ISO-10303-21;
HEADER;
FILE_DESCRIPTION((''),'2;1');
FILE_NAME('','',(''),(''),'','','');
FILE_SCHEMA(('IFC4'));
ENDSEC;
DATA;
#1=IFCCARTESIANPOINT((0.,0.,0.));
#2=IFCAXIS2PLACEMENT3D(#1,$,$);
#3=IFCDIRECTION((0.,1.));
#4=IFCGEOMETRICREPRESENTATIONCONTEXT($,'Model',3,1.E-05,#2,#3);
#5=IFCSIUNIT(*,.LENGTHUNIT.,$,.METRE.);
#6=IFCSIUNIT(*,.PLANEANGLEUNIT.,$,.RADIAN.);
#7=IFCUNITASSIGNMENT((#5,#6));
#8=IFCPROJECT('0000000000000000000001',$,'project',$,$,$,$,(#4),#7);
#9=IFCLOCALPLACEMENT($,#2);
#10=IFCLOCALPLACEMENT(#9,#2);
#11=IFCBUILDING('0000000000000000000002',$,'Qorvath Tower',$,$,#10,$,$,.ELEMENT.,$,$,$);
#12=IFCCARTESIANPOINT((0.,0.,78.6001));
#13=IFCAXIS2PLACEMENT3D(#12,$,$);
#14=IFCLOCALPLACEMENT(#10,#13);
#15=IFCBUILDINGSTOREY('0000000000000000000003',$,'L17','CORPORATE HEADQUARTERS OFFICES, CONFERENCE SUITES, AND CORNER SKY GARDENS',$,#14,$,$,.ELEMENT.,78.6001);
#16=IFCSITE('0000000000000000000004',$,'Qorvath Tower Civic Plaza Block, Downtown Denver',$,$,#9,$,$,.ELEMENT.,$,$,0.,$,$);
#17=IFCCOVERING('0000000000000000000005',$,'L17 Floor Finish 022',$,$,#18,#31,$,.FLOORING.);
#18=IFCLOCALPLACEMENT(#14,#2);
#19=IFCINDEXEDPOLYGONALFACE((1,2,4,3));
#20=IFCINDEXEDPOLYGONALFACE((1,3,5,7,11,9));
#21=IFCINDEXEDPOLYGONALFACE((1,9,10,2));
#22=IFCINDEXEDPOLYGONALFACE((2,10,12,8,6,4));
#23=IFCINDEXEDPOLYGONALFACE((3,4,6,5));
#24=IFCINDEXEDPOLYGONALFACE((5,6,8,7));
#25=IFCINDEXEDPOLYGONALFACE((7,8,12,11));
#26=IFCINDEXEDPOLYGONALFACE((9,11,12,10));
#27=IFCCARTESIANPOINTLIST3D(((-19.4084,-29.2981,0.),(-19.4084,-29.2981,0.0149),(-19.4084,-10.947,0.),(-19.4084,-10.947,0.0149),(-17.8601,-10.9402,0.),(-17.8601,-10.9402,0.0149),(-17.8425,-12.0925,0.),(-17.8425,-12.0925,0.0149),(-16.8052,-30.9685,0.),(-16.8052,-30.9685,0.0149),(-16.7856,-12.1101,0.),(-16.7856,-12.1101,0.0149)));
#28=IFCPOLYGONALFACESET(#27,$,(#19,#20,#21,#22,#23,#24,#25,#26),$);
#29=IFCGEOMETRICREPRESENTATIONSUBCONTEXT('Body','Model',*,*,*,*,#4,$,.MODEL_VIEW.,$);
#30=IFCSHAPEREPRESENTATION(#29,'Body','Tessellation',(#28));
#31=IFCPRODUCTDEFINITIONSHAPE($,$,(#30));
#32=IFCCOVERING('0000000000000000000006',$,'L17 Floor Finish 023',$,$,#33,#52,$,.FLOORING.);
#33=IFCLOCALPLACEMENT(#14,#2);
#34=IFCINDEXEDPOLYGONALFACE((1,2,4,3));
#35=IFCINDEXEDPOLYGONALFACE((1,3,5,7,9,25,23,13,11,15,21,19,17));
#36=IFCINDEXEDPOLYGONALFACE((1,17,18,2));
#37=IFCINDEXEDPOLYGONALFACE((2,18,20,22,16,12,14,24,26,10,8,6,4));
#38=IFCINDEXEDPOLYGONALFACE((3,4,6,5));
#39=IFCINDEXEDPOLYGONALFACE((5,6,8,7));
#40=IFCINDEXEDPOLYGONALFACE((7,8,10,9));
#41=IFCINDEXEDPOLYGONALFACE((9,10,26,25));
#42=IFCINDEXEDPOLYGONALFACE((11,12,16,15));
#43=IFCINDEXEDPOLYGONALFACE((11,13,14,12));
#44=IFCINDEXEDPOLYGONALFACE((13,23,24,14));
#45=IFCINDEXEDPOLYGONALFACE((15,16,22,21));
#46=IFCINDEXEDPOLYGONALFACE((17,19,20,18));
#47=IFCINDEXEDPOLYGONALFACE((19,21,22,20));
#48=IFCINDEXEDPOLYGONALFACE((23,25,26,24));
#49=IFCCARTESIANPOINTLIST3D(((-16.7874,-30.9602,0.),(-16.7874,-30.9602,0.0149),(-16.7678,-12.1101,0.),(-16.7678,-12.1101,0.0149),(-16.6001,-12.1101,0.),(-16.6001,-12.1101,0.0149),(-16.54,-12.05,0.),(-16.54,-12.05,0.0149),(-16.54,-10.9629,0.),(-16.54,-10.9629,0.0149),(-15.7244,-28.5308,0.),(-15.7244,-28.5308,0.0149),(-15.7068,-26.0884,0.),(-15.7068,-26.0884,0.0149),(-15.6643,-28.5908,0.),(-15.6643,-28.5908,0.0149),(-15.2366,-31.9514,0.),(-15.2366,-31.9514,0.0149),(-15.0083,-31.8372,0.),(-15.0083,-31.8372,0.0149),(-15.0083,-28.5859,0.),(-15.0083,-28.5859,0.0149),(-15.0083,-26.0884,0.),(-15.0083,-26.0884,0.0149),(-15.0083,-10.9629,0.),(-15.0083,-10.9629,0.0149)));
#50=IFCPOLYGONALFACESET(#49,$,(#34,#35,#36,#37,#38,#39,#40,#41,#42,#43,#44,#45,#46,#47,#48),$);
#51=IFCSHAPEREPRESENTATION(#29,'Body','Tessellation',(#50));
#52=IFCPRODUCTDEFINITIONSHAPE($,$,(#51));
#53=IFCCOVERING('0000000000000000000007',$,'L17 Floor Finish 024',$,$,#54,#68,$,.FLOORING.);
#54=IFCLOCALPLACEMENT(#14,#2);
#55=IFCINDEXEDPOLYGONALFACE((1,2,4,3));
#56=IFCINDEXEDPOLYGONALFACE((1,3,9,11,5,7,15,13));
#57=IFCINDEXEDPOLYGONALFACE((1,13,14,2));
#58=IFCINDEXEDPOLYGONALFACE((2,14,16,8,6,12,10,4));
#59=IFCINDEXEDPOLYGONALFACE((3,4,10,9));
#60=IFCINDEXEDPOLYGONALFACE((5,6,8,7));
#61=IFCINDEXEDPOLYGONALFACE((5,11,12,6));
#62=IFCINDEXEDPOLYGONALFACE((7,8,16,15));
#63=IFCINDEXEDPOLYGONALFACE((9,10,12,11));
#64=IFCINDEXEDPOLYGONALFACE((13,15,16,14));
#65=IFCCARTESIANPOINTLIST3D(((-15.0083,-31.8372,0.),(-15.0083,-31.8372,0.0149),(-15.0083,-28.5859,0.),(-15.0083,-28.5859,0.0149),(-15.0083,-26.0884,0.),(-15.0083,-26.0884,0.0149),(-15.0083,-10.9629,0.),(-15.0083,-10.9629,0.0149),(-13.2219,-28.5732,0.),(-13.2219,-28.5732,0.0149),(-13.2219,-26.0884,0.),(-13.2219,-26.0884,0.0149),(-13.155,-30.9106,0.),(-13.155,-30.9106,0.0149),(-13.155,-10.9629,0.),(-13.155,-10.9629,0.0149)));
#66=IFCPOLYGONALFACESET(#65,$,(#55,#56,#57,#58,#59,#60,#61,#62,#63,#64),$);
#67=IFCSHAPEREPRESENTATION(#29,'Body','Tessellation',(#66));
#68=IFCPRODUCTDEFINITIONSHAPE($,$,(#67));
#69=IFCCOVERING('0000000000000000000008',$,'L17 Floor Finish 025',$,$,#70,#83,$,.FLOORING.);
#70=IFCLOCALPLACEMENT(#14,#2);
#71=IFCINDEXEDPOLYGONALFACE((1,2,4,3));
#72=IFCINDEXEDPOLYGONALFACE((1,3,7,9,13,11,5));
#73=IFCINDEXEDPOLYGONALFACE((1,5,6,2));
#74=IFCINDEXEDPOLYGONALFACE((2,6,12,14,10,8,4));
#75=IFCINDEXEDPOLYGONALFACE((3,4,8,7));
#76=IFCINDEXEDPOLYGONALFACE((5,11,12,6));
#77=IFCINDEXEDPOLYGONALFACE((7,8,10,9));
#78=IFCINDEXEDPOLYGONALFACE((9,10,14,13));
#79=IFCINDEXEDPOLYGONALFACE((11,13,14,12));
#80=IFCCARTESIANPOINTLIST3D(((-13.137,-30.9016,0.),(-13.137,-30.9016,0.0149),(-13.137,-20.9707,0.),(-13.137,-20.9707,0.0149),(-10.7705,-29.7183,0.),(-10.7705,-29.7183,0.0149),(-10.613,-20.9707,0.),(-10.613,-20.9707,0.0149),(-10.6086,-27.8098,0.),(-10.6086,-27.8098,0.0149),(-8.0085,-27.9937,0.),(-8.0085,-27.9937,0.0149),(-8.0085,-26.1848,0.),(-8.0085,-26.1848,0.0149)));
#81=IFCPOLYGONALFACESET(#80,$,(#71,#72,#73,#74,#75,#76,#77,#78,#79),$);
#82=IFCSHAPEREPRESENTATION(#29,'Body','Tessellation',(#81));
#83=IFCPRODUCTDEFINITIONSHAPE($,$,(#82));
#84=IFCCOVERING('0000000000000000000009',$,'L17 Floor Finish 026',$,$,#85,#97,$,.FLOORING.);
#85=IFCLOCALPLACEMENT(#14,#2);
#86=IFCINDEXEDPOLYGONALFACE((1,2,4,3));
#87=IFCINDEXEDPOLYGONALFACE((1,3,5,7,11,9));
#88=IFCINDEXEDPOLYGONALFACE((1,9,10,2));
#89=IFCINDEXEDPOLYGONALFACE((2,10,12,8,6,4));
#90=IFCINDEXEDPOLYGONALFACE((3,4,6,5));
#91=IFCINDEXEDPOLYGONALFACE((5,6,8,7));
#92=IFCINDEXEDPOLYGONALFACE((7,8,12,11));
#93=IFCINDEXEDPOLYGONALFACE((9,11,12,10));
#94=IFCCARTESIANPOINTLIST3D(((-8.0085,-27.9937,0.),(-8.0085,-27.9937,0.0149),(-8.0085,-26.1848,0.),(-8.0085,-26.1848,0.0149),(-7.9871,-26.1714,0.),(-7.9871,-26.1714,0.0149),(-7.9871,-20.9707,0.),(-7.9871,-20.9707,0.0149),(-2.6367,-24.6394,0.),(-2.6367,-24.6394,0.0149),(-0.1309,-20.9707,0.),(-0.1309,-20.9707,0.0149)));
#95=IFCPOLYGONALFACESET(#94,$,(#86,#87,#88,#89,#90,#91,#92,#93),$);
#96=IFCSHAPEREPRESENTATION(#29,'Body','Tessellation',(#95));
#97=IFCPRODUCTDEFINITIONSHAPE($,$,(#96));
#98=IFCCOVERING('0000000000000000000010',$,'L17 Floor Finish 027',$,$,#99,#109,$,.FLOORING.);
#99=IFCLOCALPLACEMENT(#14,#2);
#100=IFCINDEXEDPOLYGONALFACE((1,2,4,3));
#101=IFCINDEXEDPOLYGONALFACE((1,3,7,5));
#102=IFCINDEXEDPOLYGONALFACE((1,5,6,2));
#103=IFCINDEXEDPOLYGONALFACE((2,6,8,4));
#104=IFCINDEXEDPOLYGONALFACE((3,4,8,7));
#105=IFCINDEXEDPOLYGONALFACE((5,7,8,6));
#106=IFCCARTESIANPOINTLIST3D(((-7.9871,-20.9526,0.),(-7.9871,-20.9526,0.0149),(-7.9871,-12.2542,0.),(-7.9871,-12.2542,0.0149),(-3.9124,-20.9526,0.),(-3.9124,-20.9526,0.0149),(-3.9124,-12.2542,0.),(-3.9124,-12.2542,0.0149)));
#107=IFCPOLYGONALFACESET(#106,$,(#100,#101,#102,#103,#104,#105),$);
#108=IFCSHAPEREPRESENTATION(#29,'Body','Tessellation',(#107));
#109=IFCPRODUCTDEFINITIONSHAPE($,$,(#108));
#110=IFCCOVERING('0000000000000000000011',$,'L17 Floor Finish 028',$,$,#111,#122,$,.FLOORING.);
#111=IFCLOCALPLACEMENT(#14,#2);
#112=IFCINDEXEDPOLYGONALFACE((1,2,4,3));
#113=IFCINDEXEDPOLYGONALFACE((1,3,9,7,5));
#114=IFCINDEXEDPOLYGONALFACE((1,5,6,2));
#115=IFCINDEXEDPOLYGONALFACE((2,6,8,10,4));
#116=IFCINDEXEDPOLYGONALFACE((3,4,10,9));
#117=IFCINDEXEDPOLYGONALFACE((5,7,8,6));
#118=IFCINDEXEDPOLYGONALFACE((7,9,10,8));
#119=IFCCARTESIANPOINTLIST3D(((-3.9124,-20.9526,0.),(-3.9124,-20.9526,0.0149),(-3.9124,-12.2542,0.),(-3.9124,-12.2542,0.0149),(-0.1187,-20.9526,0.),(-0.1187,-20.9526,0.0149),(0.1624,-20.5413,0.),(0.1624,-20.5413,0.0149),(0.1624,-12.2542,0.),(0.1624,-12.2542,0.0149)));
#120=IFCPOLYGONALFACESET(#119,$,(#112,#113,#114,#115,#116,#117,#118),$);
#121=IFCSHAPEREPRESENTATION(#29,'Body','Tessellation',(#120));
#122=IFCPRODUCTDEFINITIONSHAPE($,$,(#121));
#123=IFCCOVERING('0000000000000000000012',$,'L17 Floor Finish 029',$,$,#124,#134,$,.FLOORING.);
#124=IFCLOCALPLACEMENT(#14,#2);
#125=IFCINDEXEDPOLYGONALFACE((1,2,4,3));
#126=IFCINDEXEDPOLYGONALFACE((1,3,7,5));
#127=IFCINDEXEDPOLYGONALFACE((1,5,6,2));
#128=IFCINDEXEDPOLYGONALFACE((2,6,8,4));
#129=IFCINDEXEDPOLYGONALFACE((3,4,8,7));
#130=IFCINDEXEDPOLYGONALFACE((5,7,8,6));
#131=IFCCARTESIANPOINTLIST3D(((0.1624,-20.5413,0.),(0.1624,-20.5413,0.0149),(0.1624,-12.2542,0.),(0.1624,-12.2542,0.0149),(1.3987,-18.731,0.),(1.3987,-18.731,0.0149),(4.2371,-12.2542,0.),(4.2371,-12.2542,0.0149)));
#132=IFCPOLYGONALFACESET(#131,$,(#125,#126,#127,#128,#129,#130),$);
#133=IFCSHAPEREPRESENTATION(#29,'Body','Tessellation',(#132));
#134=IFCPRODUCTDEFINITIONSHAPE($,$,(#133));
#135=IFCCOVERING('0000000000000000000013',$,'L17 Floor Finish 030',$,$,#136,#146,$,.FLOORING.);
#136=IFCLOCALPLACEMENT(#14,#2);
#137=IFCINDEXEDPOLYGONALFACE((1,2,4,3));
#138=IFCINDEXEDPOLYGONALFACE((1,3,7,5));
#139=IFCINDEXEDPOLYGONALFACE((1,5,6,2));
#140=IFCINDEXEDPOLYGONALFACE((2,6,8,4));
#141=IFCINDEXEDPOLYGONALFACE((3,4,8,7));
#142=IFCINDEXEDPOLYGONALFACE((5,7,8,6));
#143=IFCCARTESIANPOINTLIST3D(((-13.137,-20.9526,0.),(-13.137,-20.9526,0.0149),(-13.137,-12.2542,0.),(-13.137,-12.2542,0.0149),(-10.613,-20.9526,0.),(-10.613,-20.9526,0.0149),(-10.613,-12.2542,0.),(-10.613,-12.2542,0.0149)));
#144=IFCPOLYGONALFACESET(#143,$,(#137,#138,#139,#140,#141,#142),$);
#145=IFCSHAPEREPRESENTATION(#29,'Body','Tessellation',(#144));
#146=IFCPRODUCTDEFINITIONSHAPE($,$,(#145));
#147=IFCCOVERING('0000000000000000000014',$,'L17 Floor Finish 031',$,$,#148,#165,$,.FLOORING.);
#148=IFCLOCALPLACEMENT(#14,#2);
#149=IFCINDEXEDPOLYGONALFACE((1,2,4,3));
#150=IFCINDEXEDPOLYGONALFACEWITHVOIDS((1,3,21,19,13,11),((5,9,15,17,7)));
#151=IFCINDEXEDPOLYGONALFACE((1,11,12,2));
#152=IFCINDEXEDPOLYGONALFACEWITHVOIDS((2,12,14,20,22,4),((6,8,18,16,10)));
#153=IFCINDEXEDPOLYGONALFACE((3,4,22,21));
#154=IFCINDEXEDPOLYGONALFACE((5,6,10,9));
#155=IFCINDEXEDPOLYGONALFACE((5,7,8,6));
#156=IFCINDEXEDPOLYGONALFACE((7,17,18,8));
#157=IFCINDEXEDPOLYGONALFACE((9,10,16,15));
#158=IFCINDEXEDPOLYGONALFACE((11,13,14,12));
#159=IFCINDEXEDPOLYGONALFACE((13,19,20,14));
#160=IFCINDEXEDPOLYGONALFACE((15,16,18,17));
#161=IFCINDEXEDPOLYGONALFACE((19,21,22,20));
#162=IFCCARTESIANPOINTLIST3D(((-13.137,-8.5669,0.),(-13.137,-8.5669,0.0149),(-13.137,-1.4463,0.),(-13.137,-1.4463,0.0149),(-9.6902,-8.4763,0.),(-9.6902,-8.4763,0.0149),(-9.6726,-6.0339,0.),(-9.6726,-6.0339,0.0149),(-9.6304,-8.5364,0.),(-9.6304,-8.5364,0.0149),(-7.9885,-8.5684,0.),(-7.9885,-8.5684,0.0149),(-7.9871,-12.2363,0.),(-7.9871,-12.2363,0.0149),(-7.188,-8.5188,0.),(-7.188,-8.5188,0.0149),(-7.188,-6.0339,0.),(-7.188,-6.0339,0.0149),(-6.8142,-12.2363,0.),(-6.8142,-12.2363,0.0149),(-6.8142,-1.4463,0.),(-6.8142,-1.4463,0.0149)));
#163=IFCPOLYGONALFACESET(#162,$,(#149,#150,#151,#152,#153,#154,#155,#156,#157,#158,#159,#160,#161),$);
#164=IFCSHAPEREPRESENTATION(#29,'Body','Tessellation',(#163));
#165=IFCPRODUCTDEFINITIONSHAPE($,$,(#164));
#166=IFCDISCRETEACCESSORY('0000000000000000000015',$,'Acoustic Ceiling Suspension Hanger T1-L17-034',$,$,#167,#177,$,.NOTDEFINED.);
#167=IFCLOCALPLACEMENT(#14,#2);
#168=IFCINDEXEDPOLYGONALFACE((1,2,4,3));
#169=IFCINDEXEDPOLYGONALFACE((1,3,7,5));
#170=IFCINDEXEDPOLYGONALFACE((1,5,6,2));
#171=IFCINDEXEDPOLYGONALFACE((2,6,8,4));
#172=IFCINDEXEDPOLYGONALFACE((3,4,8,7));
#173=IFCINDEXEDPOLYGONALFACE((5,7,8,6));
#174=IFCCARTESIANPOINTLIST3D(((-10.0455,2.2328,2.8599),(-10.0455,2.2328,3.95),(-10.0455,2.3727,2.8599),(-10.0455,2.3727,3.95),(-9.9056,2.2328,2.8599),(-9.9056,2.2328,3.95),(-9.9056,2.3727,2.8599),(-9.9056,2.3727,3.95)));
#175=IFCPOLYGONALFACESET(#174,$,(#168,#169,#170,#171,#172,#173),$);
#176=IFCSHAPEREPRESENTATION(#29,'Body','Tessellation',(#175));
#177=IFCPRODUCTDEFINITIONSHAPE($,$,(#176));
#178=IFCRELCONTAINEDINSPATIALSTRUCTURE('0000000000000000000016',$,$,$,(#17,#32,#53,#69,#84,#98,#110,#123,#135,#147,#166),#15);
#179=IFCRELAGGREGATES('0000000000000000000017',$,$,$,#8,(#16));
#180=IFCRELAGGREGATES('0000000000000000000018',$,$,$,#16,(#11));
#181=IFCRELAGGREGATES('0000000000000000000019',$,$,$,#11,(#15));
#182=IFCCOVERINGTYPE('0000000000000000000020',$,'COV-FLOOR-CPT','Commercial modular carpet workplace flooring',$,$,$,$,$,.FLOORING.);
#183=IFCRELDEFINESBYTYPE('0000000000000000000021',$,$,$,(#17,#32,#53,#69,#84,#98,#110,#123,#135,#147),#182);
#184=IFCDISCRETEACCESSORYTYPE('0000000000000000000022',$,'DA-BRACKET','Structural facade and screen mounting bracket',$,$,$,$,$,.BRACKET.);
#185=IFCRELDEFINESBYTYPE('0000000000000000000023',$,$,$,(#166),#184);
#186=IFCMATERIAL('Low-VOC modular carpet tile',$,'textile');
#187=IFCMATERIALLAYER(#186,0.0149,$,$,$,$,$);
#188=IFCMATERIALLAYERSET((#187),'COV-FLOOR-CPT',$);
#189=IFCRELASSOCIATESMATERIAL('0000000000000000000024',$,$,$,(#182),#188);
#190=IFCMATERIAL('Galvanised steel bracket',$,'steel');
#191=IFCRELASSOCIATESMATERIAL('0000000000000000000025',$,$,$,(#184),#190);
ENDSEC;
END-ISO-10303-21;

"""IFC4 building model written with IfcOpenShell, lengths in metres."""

from ifc_helpers import new_model, si_unit, direction, frame, origin, origin_2d, place, context, subcontext, project, spatial, polyline, rectangle, outline, extrude, material, layer, layer_set, type_object, element, save


model = new_model("IFC4")

# Units and contexts
model_context = context("Model", 3, precision=1e-05, world=origin(), true_north=direction((0.0, 1.0)))
body_context = subcontext(model_context, "Body", "Model", "MODEL_VIEW")
ifc_project = project(units=[si_unit("LENGTHUNIT", "METRE"), si_unit("PLANEANGLEUNIT", "RADIAN")], contexts=[model_context])

# Site, building, storey
site_placement = place(None, origin())
site = spatial("IfcSite", under=ifc_project, at=site_placement, Name="Qorvath Tower Civic Plaza Block, Downtown Denver", CompositionType="ELEMENT", RefElevation=0.0)
building_placement = place(site_placement, origin())
building = spatial("IfcBuilding", under=site, at=building_placement, Name="Qorvath Tower", CompositionType="ELEMENT")
storey_placement = place(building_placement, frame((0.0, 0.0, 78.6001)))
storey = spatial("IfcBuildingStorey", under=building, at=storey_placement, Name="L17", Description="CORPORATE HEADQUARTERS OFFICES, CONFERENCE SUITES, AND CORNER SKY GARDENS", CompositionType="ELEMENT", Elevation=78.6001)

# Coverings
ifc_material_1 = material(Name="Low-VOC modular carpet tile", Category="textile")
ifc_layer_1 = layer(ifc_material_1, 0.0149)
ifc_layer_set_1 = layer_set([ifc_layer_1], Name="COV-FLOOR-CPT")
covering_type_1 = type_object("IfcCoveringType", Name="COV-FLOOR-CPT", Description="Commercial modular carpet workplace flooring", PredefinedType="FLOORING", material=ifc_layer_set_1)
covering_1_placement = place(storey_placement, origin())
element("IfcCovering", 1, at=covering_1_placement, inside=storey, type_object=covering_type_1, Name="L17 Floor Finish 022", PredefinedType="FLOORING", context=body_context, shape_type="SweptSolid", body=[
    extrude(outline(polyline([(-19.4084, -10.947), (-19.4084, -29.2981), (-16.8052, -30.9685), (-16.7856, -12.1101), (-17.8425, -12.0925), (-17.8601, -10.9402), (-19.4084, -10.947)])), origin(), (0.0, 0.0, 1.0), 0.0149),
])
covering_2_placement = place(storey_placement, origin())
element("IfcCovering", 2, at=covering_2_placement, inside=storey, type_object=covering_type_1, Name="L17 Floor Finish 023", PredefinedType="FLOORING", context=body_context, shape_type="SweptSolid", body=[
    extrude(outline(polyline([(-15.0083, -31.8372), (-15.0083, -28.5859), (-15.6643, -28.5908), (-15.7244, -28.5308), (-15.7068, -26.0884), (-15.0083, -26.0884), (-15.0083, -10.9629), (-16.54, -10.9629), (-16.54, -12.05), (-16.6001, -12.1101), (-16.7678, -12.1101), (-16.7874, -30.9602), (-15.2366, -31.9514), (-15.0083, -31.8372)])), origin(), (0.0, 0.0, 1.0), 0.0149),
])
covering_3_placement = place(storey_placement, origin())
element("IfcCovering", 3, at=covering_3_placement, inside=storey, type_object=covering_type_1, Name="L17 Floor Finish 024", PredefinedType="FLOORING", context=body_context, shape_type="SweptSolid", body=[
    extrude(outline(polyline([(-13.155, -30.9106), (-13.155, -10.9629), (-15.0083, -10.9629), (-15.0083, -26.0884), (-13.2219, -26.0884), (-13.2219, -28.5732), (-15.0083, -28.5859), (-15.0083, -31.8372), (-13.155, -30.9106)])), origin(), (0.0, 0.0, 1.0), 0.0149),
])
covering_4_placement = place(storey_placement, origin())
element("IfcCovering", 4, at=covering_4_placement, inside=storey, type_object=covering_type_1, Name="L17 Floor Finish 025", PredefinedType="FLOORING", context=body_context, shape_type="SweptSolid", body=[
    extrude(outline(polyline([(-13.137, -20.9707), (-13.137, -30.9016), (-10.7705, -29.7183), (-8.0085, -27.9937), (-8.0085, -26.1848), (-10.6086, -27.8098), (-10.613, -20.9707), (-13.137, -20.9707)])), origin(), (0.0, 0.0, 1.0), 0.0149),
])
covering_5_placement = place(storey_placement, origin())
element("IfcCovering", 5, at=covering_5_placement, inside=storey, type_object=covering_type_1, Name="L17 Floor Finish 026", PredefinedType="FLOORING", context=body_context, shape_type="SweptSolid", body=[
    extrude(outline(polyline([(-8.0085, -26.1848), (-8.0085, -27.9937), (-2.6367, -24.6394), (-0.1309, -20.9707), (-7.9871, -20.9707), (-7.9871, -26.1714), (-8.0085, -26.1848)])), origin(), (0.0, 0.0, 1.0), 0.0149),
])
covering_6_placement = place(storey_placement, origin())
element("IfcCovering", 6, at=covering_6_placement, inside=storey, type_object=covering_type_1, Name="L17 Floor Finish 027", PredefinedType="FLOORING", context=body_context, shape_type="SweptSolid", body=[
    extrude(outline(polyline([(-7.9871, -12.2542), (-7.9871, -20.9526), (-3.9124, -20.9526), (-3.9124, -12.2542), (-7.9871, -12.2542)])), origin(), (0.0, 0.0, 1.0), 0.0149),
])
covering_7_placement = place(storey_placement, origin())
element("IfcCovering", 7, at=covering_7_placement, inside=storey, type_object=covering_type_1, Name="L17 Floor Finish 028", PredefinedType="FLOORING", context=body_context, shape_type="SweptSolid", body=[
    extrude(outline(polyline([(-3.9124, -12.2542), (-3.9124, -20.9526), (-0.1187, -20.9526), (0.1624, -20.5413), (0.1624, -12.2542), (-3.9124, -12.2542)])), origin(), (0.0, 0.0, 1.0), 0.0149),
])
covering_8_placement = place(storey_placement, origin())
element("IfcCovering", 8, at=covering_8_placement, inside=storey, type_object=covering_type_1, Name="L17 Floor Finish 029", PredefinedType="FLOORING", context=body_context, shape_type="SweptSolid", body=[
    extrude(outline(polyline([(0.1624, -12.2542), (0.1624, -20.5413), (1.3987, -18.731), (4.2371, -12.2542), (0.1624, -12.2542)])), origin(), (0.0, 0.0, 1.0), 0.0149),
])
covering_9_placement = place(storey_placement, origin())
element("IfcCovering", 9, at=covering_9_placement, inside=storey, type_object=covering_type_1, Name="L17 Floor Finish 030", PredefinedType="FLOORING", context=body_context, shape_type="SweptSolid", body=[
    extrude(outline(polyline([(-10.613, -20.9526), (-10.613, -12.2542), (-13.137, -12.2542), (-13.137, -20.9526), (-10.613, -20.9526)])), origin(), (0.0, 0.0, 1.0), 0.0149),
])
covering_10_placement = place(storey_placement, origin())
element("IfcCovering", 10, at=covering_10_placement, inside=storey, type_object=covering_type_1, Name="L17 Floor Finish 031", PredefinedType="FLOORING", context=body_context, shape_type="SweptSolid", body=[
    extrude(outline(polyline([(-6.8142, -12.2363), (-6.8142, -1.4463), (-13.137, -1.4463), (-13.137, -8.5669), (-7.9885, -8.5684), (-7.9871, -12.2363), (-6.8142, -12.2363)]), holes=[polyline([(-9.6902, -8.4763), (-9.6726, -6.0339), (-7.188, -6.0339), (-7.188, -8.5188), (-9.6304, -8.5364), (-9.6902, -8.4763)])]), origin(), (0.0, 0.0, 1.0), 0.0149),
])

# Discrete accessory
ifc_material_2 = material(Name="Galvanised steel bracket", Category="steel")
discrete_accessory_type = type_object("IfcDiscreteAccessoryType", Name="DA-BRACKET", Description="Structural facade and screen mounting bracket", PredefinedType="BRACKET", material=ifc_material_2)
discrete_accessory_placement = place(storey_placement, frame((-9.9756, 2.3027, 2.8599), z_axis=(0.0, 0.0, 1.0), x_axis=(1.0, 0.0, 0.0)))
element("IfcDiscreteAccessory", 11, at=discrete_accessory_placement, inside=storey, type_object=discrete_accessory_type, Name="Acoustic Ceiling Suspension Hanger T1-L17-034", PredefinedType="NOTDEFINED", context=body_context, shape_type="SweptSolid", body=[
    extrude(rectangle(XDim=0.1399, YDim=0.1399, at=origin_2d()), origin(), (0.0, 0.0, 1.0), 1.0901),
])

save(model, "model.ifc")
